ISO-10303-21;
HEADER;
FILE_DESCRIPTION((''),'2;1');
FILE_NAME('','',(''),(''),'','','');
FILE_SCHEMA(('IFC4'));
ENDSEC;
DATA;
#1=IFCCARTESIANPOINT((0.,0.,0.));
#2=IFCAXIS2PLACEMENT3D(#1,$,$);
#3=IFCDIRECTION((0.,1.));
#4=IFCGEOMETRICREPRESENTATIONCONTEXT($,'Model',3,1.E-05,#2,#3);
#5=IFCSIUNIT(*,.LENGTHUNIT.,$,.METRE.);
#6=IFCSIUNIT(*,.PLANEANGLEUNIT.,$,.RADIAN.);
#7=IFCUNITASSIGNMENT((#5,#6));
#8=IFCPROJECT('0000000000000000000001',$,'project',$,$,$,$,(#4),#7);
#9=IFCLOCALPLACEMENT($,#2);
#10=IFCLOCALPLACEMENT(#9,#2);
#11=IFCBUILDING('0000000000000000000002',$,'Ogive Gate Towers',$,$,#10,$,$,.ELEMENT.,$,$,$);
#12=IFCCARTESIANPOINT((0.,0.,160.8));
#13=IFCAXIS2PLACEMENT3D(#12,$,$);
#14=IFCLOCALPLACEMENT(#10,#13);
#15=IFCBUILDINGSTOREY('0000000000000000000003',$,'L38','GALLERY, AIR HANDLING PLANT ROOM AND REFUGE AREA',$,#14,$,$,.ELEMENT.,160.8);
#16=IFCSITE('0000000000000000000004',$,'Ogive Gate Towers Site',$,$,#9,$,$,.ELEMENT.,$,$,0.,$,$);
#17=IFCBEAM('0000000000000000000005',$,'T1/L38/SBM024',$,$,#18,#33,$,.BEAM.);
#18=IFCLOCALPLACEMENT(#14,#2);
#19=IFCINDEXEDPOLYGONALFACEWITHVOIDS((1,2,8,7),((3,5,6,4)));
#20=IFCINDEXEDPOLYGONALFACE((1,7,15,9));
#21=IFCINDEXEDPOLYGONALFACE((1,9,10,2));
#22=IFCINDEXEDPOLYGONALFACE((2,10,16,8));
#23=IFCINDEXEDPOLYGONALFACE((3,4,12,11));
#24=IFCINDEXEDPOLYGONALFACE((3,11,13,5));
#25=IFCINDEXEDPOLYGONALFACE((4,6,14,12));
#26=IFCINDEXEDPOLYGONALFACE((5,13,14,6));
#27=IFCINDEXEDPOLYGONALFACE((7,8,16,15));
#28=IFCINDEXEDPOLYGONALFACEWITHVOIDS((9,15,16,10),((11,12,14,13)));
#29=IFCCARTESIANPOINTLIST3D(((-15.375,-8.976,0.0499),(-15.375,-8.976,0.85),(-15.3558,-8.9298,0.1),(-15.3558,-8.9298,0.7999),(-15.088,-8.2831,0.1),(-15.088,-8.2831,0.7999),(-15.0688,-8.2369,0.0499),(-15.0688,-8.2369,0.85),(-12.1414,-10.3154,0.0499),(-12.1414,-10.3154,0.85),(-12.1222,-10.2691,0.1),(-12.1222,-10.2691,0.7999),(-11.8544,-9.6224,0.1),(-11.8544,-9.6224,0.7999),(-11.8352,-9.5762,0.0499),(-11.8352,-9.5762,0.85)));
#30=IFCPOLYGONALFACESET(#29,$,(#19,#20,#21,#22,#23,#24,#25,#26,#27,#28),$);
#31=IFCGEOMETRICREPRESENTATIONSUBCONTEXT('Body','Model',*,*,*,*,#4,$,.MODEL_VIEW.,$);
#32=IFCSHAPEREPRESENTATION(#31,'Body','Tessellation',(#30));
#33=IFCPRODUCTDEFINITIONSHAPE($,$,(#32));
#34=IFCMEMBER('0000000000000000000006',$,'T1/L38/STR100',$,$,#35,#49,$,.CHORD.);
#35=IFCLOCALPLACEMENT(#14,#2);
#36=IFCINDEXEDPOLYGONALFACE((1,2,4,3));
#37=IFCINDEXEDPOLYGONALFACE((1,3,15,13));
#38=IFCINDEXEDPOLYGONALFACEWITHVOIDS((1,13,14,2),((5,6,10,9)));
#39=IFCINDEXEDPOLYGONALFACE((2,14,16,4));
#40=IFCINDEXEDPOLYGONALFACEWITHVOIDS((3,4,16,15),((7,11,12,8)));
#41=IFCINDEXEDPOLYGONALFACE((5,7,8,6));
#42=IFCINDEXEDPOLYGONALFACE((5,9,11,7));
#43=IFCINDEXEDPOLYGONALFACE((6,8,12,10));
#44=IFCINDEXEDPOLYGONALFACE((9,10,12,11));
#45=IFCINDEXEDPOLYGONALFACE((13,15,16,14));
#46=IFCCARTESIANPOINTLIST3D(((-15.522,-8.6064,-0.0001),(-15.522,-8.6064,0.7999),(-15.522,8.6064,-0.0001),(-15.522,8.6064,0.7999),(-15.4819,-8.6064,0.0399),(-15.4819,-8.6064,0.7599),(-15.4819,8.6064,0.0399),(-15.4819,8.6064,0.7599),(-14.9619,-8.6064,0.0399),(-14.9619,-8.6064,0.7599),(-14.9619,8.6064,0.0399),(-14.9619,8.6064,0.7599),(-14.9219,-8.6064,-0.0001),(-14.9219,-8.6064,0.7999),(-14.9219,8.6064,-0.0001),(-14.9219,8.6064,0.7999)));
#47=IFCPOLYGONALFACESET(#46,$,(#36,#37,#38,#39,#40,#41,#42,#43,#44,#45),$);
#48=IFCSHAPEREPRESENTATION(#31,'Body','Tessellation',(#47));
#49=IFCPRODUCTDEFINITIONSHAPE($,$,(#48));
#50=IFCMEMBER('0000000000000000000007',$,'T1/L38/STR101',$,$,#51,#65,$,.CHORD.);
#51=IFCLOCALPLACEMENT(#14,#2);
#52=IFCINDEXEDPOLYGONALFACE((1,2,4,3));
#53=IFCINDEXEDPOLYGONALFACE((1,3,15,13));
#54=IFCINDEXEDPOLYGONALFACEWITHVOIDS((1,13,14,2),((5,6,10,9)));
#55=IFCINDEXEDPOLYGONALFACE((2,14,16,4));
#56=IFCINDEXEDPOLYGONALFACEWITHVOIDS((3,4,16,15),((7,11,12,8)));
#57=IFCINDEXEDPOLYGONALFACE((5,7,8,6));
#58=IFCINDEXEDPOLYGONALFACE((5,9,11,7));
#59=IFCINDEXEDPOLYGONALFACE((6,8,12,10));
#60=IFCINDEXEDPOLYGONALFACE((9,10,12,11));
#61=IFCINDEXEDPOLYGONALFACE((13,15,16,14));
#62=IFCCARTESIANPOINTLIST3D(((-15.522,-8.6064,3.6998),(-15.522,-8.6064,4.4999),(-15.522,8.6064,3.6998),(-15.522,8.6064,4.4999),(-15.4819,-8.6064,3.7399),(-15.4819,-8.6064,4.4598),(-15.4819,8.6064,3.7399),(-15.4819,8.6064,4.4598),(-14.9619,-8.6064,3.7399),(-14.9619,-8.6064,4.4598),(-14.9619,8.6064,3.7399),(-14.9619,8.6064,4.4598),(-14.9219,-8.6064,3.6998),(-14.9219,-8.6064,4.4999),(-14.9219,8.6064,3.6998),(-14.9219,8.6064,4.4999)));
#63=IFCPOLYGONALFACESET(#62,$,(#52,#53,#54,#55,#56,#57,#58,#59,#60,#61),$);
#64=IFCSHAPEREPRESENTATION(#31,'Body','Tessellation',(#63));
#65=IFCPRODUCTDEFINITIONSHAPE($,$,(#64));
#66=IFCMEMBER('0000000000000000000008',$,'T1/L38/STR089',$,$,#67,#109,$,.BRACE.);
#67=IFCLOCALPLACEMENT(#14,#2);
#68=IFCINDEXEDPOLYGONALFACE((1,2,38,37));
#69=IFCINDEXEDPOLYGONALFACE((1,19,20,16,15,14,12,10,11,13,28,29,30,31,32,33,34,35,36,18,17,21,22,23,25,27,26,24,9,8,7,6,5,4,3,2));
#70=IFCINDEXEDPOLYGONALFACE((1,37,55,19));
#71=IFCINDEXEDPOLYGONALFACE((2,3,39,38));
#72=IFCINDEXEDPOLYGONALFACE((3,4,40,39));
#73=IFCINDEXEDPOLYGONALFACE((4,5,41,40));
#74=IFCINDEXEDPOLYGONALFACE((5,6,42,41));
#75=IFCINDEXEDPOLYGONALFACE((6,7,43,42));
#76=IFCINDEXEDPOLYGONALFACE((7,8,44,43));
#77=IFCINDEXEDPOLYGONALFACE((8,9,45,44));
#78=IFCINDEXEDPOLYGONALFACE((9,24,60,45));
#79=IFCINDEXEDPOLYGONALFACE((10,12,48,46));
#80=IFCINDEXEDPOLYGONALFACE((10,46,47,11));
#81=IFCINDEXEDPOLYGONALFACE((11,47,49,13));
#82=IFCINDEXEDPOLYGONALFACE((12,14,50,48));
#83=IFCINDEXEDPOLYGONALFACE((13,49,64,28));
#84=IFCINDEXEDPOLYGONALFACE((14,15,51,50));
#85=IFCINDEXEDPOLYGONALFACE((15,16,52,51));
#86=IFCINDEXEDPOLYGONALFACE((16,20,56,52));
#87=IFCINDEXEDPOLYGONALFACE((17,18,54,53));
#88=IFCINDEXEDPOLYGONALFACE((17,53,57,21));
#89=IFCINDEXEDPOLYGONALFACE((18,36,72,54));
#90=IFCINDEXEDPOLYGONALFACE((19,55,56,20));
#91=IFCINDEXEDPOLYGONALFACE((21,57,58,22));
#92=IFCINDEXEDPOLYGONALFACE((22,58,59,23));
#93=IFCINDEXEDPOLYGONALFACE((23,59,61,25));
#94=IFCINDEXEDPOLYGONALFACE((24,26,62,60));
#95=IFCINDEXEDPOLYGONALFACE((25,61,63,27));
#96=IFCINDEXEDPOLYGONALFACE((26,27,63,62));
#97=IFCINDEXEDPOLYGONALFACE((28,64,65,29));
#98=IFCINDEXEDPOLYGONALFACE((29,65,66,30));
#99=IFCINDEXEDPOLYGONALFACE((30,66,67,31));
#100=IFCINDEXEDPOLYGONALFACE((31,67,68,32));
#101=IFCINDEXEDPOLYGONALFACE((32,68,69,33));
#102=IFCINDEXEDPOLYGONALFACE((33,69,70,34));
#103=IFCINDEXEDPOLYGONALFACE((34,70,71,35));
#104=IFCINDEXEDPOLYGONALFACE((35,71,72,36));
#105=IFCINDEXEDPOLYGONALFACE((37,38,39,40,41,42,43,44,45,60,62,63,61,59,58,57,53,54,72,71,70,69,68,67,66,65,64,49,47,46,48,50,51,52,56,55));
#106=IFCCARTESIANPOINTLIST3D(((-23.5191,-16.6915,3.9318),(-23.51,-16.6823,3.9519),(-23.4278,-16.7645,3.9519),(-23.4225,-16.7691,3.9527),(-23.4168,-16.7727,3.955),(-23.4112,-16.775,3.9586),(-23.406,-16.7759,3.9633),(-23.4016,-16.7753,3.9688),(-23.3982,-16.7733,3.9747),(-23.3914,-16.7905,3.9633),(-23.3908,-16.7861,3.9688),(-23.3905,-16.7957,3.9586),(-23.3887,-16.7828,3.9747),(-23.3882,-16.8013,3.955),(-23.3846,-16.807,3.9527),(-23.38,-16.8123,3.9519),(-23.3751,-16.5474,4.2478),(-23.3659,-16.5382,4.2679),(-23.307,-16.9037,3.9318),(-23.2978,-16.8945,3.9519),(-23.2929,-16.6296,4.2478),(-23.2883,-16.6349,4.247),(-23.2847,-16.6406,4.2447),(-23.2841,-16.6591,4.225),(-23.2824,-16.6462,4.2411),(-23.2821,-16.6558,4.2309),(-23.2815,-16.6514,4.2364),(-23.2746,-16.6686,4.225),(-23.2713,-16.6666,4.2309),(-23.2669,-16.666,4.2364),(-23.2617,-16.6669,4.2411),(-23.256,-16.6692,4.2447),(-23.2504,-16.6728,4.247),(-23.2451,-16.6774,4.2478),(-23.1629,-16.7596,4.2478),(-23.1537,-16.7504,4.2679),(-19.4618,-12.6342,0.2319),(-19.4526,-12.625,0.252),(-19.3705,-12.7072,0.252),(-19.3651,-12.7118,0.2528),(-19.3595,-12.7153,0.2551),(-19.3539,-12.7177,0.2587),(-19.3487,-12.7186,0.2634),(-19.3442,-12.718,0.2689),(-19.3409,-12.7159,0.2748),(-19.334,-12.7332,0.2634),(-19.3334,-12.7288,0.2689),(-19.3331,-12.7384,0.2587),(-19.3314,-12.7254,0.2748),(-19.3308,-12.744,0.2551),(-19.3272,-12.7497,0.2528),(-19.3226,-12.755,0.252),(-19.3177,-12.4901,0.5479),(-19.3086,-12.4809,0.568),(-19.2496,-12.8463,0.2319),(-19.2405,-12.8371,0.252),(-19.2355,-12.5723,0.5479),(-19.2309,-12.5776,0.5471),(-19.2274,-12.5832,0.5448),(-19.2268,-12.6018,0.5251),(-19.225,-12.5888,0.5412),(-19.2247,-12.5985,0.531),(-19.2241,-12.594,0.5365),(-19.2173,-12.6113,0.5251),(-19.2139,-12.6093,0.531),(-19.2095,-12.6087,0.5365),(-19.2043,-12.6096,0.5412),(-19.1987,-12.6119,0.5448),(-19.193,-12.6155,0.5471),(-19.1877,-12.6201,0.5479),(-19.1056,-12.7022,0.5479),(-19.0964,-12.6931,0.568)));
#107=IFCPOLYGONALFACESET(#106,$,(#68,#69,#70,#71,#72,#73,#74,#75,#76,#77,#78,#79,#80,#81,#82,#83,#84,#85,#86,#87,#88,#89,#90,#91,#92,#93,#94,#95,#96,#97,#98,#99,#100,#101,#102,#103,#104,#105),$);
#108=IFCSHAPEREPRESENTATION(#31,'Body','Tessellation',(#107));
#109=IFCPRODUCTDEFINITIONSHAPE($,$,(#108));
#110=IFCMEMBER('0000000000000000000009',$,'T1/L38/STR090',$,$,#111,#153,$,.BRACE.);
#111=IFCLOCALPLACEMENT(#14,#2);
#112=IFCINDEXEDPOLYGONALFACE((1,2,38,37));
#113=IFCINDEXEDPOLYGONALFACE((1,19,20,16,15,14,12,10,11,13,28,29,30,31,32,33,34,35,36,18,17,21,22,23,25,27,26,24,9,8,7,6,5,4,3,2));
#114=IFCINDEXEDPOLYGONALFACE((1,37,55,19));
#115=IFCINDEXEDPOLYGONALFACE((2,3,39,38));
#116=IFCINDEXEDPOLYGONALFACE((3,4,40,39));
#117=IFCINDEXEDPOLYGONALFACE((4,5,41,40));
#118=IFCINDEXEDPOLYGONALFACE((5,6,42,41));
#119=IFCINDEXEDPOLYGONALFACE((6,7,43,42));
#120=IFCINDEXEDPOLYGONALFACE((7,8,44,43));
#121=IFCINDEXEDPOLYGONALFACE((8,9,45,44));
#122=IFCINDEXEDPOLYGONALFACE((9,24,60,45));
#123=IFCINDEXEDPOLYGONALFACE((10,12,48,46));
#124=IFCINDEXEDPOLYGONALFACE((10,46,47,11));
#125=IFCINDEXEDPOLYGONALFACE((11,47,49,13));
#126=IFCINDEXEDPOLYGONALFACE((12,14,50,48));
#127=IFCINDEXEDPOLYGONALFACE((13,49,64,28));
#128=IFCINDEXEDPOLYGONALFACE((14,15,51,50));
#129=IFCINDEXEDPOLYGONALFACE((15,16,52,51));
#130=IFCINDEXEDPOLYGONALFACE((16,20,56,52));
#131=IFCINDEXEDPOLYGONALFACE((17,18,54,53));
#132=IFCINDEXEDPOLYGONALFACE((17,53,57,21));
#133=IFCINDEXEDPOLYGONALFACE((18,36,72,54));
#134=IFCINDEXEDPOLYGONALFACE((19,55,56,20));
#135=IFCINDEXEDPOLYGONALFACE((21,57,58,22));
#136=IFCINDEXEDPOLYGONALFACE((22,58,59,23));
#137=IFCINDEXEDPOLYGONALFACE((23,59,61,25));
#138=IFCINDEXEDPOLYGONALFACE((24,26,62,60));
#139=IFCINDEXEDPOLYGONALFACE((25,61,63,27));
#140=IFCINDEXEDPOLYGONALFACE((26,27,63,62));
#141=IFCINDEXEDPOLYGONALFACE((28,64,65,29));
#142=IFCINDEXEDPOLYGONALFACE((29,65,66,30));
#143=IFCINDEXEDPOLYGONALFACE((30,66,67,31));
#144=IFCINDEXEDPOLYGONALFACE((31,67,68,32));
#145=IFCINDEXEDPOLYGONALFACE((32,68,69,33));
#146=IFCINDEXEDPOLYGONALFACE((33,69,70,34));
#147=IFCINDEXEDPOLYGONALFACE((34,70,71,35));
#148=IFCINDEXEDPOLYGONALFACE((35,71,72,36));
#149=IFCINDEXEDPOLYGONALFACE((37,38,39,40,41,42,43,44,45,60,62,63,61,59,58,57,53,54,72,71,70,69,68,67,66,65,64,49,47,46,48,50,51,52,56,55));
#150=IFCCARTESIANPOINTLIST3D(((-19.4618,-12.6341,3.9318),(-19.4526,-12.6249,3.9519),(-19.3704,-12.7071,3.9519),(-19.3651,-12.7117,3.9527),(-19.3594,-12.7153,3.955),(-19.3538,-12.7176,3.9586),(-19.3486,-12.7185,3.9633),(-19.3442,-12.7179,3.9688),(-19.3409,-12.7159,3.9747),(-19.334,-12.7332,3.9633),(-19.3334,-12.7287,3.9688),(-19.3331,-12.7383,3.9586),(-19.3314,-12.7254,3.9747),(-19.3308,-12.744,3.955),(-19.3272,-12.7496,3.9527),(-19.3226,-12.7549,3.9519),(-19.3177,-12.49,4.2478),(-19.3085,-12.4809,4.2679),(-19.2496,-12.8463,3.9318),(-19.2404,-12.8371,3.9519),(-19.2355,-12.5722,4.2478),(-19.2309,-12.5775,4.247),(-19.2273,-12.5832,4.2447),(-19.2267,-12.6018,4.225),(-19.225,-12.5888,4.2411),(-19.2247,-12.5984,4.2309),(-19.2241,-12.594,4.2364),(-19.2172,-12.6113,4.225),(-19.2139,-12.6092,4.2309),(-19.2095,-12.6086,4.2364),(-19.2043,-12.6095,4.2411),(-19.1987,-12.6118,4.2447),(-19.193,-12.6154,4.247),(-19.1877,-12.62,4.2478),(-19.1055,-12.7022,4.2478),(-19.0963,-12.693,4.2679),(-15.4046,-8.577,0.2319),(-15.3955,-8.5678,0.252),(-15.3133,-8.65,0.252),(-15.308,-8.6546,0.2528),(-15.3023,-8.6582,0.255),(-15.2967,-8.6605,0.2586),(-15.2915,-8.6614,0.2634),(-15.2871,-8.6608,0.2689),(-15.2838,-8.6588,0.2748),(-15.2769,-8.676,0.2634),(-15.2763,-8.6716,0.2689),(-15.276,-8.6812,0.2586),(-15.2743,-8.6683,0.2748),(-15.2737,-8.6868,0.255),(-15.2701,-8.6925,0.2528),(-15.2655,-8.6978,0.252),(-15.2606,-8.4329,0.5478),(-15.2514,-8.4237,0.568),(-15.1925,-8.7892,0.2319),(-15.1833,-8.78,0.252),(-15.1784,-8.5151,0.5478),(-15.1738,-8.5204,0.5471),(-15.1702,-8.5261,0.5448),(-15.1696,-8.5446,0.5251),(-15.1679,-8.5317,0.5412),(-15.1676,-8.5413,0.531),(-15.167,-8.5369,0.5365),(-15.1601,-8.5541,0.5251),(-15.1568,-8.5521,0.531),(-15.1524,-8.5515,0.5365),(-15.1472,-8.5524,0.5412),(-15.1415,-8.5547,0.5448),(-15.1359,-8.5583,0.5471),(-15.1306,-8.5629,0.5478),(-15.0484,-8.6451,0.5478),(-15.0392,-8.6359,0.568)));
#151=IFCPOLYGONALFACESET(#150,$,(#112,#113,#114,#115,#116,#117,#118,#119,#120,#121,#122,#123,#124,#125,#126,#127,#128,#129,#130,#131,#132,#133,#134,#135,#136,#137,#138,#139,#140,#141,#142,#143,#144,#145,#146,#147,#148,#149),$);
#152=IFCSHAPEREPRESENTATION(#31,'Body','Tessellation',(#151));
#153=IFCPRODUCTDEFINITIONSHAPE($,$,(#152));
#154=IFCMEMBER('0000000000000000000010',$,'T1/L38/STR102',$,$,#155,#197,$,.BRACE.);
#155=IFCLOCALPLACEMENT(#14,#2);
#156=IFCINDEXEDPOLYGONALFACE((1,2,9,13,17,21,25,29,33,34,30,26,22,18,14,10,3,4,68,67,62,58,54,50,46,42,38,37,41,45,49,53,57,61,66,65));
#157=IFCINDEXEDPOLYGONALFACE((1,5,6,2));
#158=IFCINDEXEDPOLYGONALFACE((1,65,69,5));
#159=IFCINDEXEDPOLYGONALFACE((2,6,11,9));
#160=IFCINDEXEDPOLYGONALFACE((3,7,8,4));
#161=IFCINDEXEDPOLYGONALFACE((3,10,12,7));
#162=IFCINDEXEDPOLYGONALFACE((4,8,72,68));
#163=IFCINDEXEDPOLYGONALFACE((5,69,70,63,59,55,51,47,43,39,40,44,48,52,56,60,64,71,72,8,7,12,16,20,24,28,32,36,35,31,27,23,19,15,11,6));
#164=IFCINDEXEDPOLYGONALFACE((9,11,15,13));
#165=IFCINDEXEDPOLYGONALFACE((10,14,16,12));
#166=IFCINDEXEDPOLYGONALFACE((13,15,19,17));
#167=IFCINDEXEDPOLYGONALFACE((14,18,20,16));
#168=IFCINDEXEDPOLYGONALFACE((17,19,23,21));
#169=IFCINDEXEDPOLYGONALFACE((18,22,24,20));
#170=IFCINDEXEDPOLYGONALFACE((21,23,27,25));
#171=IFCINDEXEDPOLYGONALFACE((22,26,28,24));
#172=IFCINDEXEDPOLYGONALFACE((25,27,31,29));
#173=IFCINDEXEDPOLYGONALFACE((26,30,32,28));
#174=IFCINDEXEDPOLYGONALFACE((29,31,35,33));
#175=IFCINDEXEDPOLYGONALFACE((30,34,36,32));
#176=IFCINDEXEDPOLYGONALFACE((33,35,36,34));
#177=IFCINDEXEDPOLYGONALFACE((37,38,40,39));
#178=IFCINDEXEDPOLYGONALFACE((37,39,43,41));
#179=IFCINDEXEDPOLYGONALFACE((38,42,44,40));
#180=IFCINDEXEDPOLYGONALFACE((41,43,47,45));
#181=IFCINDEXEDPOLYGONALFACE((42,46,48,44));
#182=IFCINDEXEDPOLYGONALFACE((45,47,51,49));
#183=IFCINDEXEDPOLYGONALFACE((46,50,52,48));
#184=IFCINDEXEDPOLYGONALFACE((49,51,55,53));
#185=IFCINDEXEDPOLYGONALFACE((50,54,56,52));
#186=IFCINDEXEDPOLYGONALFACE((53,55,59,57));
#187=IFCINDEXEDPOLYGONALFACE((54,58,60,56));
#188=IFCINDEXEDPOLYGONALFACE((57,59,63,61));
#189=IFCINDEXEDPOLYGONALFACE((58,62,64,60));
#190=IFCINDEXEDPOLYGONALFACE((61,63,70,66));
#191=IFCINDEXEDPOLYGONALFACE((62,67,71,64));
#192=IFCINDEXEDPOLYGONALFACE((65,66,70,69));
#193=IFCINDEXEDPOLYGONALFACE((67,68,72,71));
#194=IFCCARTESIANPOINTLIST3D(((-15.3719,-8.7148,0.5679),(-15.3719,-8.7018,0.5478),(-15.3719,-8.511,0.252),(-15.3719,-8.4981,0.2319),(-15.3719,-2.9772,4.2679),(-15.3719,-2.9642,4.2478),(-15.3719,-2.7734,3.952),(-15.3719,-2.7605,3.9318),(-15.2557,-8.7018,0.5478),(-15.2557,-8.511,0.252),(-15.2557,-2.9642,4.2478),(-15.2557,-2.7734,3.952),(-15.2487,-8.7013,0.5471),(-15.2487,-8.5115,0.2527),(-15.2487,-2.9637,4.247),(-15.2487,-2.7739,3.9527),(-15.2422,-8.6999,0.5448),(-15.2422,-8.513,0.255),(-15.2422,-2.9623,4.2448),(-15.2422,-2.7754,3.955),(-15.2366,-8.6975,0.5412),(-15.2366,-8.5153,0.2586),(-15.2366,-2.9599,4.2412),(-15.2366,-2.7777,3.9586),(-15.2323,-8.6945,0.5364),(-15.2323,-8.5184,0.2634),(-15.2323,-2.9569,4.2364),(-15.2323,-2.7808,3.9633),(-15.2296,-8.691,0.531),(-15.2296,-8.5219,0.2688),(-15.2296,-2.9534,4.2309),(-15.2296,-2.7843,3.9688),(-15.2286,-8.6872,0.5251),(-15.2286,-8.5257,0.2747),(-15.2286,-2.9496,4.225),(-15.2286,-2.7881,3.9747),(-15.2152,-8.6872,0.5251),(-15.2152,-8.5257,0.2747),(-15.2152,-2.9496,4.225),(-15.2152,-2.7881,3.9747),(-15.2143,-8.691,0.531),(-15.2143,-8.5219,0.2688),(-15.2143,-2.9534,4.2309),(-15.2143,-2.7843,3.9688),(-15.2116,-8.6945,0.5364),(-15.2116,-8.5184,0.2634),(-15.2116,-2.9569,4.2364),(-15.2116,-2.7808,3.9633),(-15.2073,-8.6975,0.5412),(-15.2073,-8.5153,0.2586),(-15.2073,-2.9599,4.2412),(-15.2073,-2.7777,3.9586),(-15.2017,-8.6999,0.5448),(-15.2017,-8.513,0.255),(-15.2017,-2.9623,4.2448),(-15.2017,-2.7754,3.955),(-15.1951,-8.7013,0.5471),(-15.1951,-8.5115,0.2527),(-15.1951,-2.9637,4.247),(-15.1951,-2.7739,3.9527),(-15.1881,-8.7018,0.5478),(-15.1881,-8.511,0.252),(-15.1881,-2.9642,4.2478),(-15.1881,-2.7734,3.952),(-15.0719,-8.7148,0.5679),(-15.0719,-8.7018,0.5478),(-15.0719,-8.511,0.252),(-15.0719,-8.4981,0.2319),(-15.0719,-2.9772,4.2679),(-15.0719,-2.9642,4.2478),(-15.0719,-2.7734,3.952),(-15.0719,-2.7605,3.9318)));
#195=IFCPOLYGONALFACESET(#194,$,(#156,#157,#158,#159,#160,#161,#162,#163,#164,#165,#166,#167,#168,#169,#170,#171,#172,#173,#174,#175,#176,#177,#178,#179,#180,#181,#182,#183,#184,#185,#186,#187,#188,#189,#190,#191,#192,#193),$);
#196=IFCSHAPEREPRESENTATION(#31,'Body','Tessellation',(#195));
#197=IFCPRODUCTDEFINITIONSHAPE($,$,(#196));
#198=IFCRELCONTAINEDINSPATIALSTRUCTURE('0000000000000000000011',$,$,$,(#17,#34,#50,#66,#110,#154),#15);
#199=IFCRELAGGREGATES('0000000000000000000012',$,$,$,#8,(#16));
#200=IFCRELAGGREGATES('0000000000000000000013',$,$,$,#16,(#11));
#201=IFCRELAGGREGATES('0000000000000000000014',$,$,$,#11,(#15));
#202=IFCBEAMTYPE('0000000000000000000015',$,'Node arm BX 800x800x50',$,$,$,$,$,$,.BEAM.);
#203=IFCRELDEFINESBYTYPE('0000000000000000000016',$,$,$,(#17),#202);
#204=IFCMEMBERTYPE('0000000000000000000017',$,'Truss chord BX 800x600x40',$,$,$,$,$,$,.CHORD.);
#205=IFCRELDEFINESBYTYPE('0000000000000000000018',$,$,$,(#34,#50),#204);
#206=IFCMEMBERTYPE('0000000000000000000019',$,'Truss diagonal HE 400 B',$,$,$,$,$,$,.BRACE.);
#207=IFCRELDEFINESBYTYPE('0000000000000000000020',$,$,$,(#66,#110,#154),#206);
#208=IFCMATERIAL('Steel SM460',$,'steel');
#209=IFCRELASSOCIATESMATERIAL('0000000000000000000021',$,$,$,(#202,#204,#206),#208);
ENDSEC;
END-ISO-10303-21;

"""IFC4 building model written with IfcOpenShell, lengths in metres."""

from ifc_helpers import new_model, si_unit, direction, frame, origin, origin_2d, place, context, subcontext, project, spatial, hollow_rectangle, i_section, extrude, material, material_profile, profile_set, type_object, element, save


model = new_model("IFC4")

# Units and contexts
model_context = context("Model", 3, precision=1e-05, world=origin(), true_north=direction((0.0, 1.0)))
body_context = subcontext(model_context, "Body", "Model", "MODEL_VIEW")
ifc_project = project(units=[si_unit("LENGTHUNIT", "METRE"), si_unit("PLANEANGLEUNIT", "RADIAN")], contexts=[model_context])

# Site, building, storey
site_placement = place(None, origin())
site = spatial("IfcSite", under=ifc_project, at=site_placement, Name="Ogive Gate Towers Site", CompositionType="ELEMENT", RefElevation=0.0)
building_placement = place(site_placement, origin())
building = spatial("IfcBuilding", under=site, at=building_placement, Name="Ogive Gate Towers", CompositionType="ELEMENT")
storey_placement = place(building_placement, frame((0.0, 0.0, 160.8)))
storey = spatial("IfcBuildingStorey", under=building, at=storey_placement, Name="L38", Description="GALLERY, AIR HANDLING PLANT ROOM AND REFUGE AREA", CompositionType="ELEMENT", Elevation=160.8)

# Shared definitions
ifc_material_1 = material(Name="Steel SM460", Category="steel")

# Beam
ifc_material_profile_1 = material_profile(ifc_material_1, hollow_rectangle(XDim=0.8, YDim=0.8, WallThickness=0.05, at=origin_2d()), Name="BX 800x800x50")
ifc_profile_set_1 = profile_set([ifc_material_profile_1], Name="Steel SM460")
beam_type_1 = type_object("IfcBeamType", Name="Node arm BX 800x800x50", PredefinedType="BEAM", material=ifc_profile_set_1)
beam_1_placement = place(storey_placement, frame((-15.2219, -8.6064, 0.45), z_axis=(0.923886, -0.382668, 0.0), x_axis=(0.382668, 0.923886, 0.0)))
element("IfcBeam", 1, at=beam_1_placement, inside=storey, type_object=beam_type_1, Name="T1/L38/SBM024", PredefinedType="BEAM", context=body_context, shape_type="SweptSolid", body=[
    extrude(hollow_rectangle(XDim=0.8, YDim=0.8, WallThickness=0.05, at=origin_2d()), origin(), (0.0, 0.0, 1.0), 3.5),
])

# Members
ifc_material_profile_2 = material_profile(ifc_material_1, hollow_rectangle(XDim=0.6001, YDim=0.8, WallThickness=0.04, at=origin_2d()), Name="BX 800x600x40")
ifc_profile_set_2 = profile_set([ifc_material_profile_2], Name="Steel SM460")
member_type_1 = type_object("IfcMemberType", Name="Truss chord BX 800x600x40", PredefinedType="CHORD", material=ifc_profile_set_2)
for number, where, z_axis, x_axis, name in (
    (2, (-15.2219, -8.6064, 0.3999), (0.0, 1.0, 0.0), (-1.0, 0.0, 0.0), "T1/L38/STR100"),
    (3, (-15.2219, -8.6064, 4.0999), (0.0, 1.0, 0.0), (-1.0, 0.0, 0.0), "T1/L38/STR101"),
):
    element("IfcMember", number, at=place(storey_placement, frame(where, z_axis=z_axis, x_axis=x_axis)), inside=storey, type_object=member_type_1, Name=name, PredefinedType="CHORD", context=body_context, shape_type="SweptSolid", body=[
        extrude(hollow_rectangle(XDim=0.6001, YDim=0.8, WallThickness=0.04, at=origin_2d()), origin(), (0.0, 0.0, 1.0), 17.2129),
    ])
ifc_material_profile_3 = material_profile(ifc_material_1, i_section(OverallWidth=0.3, OverallDepth=0.3999, WebThickness=0.0134, FlangeThickness=0.0239, FilletRadius=0.0271, at=origin_2d()), Name="HE 400 B")
ifc_profile_set_3 = profile_set([ifc_material_profile_3], Name="Steel SM460")
member_type_2 = type_object("IfcMemberType", Name="Truss diagonal HE 400 B", PredefinedType="BRACE", material=ifc_profile_set_3)
member_1_placement = place(storey_placement, frame((-23.3364, -16.7209, 4.0999), z_axis=(0.594273, 0.594273, -0.541922), x_axis=(-0.707107, 0.707107, 0.0)))
element("IfcMember", 4, at=member_1_placement, inside=storey, type_object=member_type_2, Name="T1/L38/STR089", PredefinedType="BRACE", context=body_context, shape_type="SweptSolid", body=[
    extrude(i_section(OverallWidth=0.3, OverallDepth=0.3999, WebThickness=0.0134, FlangeThickness=0.0239, FilletRadius=0.0271, at=origin_2d()), origin(), (0.0, 0.0, 1.0), 6.8274),
])
for number, where, z_axis, x_axis, name in (
    (5, (-19.2791, -12.6636, 4.0999), (0.594262, 0.594262, -0.541945), (-0.707107, 0.707107, 0.0), "T1/L38/STR090"),
    (6, (-15.2219, -8.6064, 0.3999), (0.0, 0.84041, 0.541952), (-1.0, 0.0, 0.0), "T1/L38/STR102"),
):
    element("IfcMember", number, at=place(storey_placement, frame(where, z_axis=z_axis, x_axis=x_axis)), inside=storey, type_object=member_type_2, Name=name, PredefinedType="BRACE", context=body_context, shape_type="SweptSolid", body=[
        extrude(i_section(OverallWidth=0.3, OverallDepth=0.3999, WebThickness=0.0134, FlangeThickness=0.0239, FilletRadius=0.0271, at=origin_2d()), origin(), (0.0, 0.0, 1.0), 6.8271),
    ])

save(model, "model.ifc")
